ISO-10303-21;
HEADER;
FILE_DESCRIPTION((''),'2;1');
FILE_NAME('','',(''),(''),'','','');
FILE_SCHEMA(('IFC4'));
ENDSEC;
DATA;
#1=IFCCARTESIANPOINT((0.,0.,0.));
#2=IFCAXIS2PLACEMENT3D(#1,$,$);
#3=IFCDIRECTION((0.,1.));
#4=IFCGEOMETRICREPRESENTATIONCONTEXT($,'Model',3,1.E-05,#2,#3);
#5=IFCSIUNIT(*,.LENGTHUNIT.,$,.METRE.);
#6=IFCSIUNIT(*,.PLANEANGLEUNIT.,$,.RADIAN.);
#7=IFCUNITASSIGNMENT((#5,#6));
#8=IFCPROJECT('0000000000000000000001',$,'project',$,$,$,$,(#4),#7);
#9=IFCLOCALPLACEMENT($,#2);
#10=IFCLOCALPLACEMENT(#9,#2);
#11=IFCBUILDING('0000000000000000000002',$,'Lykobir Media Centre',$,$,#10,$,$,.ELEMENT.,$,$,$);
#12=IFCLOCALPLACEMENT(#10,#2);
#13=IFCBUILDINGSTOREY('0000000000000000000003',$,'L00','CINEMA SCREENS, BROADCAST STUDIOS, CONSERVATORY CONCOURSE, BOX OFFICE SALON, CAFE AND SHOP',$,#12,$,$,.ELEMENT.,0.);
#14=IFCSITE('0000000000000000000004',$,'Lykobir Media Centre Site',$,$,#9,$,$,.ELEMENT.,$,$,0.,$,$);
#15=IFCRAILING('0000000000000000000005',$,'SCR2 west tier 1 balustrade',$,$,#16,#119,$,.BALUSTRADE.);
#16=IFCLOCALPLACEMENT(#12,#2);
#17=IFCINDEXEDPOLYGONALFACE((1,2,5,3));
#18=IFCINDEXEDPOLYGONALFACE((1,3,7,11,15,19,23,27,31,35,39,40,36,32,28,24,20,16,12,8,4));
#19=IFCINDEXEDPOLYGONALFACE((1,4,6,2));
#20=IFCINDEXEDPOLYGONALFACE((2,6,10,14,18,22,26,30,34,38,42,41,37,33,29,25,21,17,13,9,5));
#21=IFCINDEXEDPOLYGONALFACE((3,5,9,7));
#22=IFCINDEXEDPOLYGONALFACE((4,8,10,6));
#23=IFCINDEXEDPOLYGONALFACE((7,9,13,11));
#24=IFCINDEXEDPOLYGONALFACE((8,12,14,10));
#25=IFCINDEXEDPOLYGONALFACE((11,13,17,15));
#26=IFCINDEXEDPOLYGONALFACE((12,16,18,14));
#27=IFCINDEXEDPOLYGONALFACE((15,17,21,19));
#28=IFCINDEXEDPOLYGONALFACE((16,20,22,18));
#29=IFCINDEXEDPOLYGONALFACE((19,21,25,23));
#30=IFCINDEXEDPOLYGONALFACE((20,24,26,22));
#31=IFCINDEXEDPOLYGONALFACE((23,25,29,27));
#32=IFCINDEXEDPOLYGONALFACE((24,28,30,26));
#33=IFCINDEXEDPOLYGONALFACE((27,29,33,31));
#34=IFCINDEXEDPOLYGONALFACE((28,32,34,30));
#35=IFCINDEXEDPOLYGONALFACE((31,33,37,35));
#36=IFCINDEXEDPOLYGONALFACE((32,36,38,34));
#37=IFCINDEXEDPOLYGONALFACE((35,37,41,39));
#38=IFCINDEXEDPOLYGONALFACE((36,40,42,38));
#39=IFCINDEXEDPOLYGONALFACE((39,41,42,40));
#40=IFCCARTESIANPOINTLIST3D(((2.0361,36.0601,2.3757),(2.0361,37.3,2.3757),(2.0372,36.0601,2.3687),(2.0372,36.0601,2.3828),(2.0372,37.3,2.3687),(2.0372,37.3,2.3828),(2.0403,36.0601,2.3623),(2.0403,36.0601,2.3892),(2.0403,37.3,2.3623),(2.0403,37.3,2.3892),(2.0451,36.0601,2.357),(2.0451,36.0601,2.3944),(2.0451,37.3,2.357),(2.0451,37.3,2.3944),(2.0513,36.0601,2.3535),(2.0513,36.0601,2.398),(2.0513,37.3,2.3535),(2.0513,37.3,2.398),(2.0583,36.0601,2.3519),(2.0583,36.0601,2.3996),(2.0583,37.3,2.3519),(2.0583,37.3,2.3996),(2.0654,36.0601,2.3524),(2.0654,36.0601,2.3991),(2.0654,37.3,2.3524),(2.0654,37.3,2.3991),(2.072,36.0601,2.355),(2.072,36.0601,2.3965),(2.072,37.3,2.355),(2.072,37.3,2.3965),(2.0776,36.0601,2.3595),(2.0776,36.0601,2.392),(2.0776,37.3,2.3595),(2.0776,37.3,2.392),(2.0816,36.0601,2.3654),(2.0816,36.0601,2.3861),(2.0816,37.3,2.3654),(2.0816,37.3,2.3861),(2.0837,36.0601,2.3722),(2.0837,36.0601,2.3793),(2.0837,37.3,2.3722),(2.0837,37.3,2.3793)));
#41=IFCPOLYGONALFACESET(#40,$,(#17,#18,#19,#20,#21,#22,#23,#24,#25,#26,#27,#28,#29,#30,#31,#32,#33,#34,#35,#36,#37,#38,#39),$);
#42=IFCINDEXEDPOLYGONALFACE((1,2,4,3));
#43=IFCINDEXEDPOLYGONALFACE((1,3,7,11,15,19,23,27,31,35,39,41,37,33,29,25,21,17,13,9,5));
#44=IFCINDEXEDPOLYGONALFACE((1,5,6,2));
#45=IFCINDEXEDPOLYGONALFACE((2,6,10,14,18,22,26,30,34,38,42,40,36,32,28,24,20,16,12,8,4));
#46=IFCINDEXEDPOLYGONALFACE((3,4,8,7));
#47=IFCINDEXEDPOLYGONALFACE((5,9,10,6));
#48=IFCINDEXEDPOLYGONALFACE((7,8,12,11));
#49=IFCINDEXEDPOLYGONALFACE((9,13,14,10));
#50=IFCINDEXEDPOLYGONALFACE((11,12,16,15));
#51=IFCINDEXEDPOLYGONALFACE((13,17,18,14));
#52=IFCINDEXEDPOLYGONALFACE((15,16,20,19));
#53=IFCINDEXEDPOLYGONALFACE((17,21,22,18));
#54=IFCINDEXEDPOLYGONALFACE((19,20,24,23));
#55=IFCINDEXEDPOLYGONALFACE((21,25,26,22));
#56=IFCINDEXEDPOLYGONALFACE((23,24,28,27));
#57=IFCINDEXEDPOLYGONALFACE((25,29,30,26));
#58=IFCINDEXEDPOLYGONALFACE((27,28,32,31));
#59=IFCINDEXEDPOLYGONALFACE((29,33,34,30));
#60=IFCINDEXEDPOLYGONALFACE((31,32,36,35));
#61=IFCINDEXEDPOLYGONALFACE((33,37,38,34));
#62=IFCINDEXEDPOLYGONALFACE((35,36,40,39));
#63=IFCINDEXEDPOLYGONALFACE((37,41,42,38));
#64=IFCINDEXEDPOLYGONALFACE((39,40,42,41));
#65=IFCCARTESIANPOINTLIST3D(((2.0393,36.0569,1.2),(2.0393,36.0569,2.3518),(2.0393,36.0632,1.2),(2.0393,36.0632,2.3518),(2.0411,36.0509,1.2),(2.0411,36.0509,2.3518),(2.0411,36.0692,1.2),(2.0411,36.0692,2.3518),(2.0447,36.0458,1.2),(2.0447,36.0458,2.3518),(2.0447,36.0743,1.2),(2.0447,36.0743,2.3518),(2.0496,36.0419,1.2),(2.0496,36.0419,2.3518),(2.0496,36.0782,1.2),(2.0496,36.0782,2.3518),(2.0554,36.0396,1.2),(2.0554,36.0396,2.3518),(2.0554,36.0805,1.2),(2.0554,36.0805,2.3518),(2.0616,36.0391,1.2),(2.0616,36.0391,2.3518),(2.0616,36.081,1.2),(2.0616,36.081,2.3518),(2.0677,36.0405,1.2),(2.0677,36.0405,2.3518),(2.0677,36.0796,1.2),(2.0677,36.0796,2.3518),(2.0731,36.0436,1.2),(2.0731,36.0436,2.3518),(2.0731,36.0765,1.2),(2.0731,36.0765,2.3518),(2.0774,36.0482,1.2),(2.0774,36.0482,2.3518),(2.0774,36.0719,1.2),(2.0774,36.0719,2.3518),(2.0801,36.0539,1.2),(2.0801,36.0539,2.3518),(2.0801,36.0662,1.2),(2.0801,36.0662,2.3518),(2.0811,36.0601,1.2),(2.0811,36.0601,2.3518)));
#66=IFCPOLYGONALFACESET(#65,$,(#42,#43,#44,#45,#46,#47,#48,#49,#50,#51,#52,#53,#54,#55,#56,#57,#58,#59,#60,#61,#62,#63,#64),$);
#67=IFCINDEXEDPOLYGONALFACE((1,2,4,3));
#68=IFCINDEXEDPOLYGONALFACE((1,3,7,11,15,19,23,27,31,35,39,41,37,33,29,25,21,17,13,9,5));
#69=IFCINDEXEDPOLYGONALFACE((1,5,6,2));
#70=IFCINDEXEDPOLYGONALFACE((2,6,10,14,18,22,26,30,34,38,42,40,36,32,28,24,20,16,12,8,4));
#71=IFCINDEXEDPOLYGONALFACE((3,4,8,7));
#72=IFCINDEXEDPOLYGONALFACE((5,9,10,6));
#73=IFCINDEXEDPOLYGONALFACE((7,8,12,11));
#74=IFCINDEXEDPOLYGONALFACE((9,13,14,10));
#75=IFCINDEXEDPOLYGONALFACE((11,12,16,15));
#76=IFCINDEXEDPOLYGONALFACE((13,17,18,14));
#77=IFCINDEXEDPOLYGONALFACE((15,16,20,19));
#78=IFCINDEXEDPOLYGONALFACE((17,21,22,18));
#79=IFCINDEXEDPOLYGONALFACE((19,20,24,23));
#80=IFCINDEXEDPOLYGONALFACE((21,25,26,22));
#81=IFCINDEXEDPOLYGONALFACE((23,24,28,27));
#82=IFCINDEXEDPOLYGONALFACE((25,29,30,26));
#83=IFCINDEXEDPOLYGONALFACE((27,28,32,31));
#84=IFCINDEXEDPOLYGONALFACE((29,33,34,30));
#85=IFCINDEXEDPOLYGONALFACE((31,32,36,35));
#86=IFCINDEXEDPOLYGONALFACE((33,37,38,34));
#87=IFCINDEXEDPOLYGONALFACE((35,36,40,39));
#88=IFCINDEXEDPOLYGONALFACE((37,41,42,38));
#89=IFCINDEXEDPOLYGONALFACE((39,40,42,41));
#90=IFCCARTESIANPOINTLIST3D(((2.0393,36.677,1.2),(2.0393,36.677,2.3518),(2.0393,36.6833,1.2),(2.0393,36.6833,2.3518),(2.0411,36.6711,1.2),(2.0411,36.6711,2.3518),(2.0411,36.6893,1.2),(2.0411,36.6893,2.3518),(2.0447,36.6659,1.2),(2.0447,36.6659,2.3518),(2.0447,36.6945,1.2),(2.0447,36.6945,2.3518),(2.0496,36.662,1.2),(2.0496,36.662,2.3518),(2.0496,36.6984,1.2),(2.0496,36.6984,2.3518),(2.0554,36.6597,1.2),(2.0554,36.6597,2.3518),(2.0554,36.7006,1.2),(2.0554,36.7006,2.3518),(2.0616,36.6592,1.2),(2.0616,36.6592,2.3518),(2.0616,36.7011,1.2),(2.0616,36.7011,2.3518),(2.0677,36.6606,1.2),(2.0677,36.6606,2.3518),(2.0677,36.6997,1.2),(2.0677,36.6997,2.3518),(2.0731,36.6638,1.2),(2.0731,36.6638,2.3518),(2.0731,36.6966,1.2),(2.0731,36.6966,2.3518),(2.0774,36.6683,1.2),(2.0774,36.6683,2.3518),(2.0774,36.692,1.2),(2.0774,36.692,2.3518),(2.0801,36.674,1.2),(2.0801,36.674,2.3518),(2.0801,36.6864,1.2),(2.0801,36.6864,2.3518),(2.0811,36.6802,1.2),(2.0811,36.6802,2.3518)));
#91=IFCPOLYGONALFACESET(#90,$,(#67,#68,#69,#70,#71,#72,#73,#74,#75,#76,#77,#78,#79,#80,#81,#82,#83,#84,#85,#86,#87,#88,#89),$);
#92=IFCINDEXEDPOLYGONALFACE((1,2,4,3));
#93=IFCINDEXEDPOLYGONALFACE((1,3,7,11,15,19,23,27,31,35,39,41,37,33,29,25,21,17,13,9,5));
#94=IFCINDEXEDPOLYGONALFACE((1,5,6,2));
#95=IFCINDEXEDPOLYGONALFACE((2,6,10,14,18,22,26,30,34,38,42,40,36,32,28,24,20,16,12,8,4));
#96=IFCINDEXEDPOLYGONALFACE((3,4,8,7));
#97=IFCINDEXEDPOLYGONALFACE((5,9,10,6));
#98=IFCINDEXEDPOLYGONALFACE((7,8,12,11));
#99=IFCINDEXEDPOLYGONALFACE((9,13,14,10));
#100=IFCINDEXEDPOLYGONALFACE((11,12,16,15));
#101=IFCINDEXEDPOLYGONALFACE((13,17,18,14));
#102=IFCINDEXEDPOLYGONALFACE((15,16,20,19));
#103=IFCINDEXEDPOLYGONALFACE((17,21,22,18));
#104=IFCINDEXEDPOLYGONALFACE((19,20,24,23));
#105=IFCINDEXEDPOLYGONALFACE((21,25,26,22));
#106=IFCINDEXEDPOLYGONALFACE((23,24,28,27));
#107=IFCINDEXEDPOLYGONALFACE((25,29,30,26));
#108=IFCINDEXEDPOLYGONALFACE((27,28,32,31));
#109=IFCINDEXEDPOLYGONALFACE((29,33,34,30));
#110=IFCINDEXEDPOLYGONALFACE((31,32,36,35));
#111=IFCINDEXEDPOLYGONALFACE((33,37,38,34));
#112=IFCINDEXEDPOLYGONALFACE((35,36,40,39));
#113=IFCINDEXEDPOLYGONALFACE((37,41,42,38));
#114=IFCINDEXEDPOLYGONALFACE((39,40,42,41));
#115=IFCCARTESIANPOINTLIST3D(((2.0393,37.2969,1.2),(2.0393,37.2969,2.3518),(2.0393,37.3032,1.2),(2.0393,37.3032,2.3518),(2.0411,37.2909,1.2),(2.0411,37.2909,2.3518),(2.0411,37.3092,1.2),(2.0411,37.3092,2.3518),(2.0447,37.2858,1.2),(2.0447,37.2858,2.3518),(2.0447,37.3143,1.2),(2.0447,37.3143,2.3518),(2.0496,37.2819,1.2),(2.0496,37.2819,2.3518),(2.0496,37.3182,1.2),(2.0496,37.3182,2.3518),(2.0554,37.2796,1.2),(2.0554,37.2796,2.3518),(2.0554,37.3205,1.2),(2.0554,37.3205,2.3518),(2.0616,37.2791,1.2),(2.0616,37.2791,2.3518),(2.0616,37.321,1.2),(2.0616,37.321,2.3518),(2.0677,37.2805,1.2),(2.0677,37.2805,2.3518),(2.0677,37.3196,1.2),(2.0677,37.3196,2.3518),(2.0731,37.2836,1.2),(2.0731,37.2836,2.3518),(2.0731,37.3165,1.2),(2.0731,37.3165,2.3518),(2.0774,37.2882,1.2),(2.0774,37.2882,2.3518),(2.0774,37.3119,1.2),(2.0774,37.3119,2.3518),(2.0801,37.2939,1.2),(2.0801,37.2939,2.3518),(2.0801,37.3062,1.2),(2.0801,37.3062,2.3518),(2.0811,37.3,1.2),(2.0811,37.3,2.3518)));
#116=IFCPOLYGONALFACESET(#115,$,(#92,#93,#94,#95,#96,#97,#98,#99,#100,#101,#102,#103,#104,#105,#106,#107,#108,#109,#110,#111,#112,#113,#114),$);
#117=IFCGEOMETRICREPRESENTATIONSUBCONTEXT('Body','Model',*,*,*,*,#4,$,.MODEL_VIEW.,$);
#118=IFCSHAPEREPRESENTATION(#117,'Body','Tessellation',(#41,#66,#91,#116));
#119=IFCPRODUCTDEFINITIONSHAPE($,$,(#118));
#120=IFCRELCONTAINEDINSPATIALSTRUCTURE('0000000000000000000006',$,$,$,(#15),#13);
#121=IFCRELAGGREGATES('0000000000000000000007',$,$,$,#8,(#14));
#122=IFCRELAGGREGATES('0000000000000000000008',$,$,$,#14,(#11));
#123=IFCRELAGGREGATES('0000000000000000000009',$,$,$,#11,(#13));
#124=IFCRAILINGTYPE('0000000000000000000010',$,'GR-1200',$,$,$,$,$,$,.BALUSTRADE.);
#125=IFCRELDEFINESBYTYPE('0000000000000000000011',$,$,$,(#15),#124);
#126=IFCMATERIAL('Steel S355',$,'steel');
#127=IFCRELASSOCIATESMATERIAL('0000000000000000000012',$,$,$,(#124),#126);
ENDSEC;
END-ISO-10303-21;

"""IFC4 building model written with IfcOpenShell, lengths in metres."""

from ifc_helpers import new_model, si_unit, direction, frame, origin, origin_2d, place, context, subcontext, project, spatial, circle, extrude, material, type_object, element, save


model = new_model("IFC4")

# Units and contexts
model_context = context("Model", 3, precision=1e-05, world=origin(), true_north=direction((0.0, 1.0)))
body_context = subcontext(model_context, "Body", "Model", "MODEL_VIEW")
ifc_project = project(units=[si_unit("LENGTHUNIT", "METRE"), si_unit("PLANEANGLEUNIT", "RADIAN")], contexts=[model_context])

# Site, building, storey
site_placement = place(None, origin())
site = spatial("IfcSite", under=ifc_project, at=site_placement, Name="Lykobir Media Centre Site", CompositionType="ELEMENT", RefElevation=0.0)
building_placement = place(site_placement, origin())
building = spatial("IfcBuilding", under=site, at=building_placement, Name="Lykobir Media Centre", CompositionType="ELEMENT")
storey_placement = place(building_placement, origin())
storey = spatial("IfcBuildingStorey", under=building, at=storey_placement, Name="L00", Description="CINEMA SCREENS, BROADCAST STUDIOS, CONSERVATORY CONCOURSE, BOX OFFICE SALON, CAFE AND SHOP", CompositionType="ELEMENT", Elevation=0.0)

# Shared definitions
ifc_material_1 = material(Name="Steel S355", Category="steel")

# Railing
railing_type = type_object("IfcRailingType", Name="GR-1200", PredefinedType="BALUSTRADE", material=ifc_material_1)
railing_1_placement = place(storey_placement, frame((2.0601, 36.0601, 1.2)))
element("IfcRailing", 1, at=railing_1_placement, inside=storey, type_object=railing_type, Name="SCR2 west tier 1 balustrade", PredefinedType="BALUSTRADE", context=body_context, shape_type="SweptSolid", body=[
    extrude(circle(Radius=0.0239, at=origin_2d()), frame((0.0, 0.0, 1.1758), z_axis=(0.0, 1.0, 0.0), x_axis=(-1.0, 0.0, 0.0)), (0.0, 0.0, 1.0), 1.24),
    extrude(circle(Radius=0.021, at=origin_2d()), origin(), (0.0, 0.0, 1.0), 1.1519),
    extrude(circle(Radius=0.021, at=origin_2d()), frame((0.0, 0.6201, 0.0)), (0.0, 0.0, 1.0), 1.1519),
    extrude(circle(Radius=0.021, at=origin_2d()), frame((0.0, 1.24, 0.0)), (0.0, 0.0, 1.0), 1.1519),
])

save(model, "model.ifc")
